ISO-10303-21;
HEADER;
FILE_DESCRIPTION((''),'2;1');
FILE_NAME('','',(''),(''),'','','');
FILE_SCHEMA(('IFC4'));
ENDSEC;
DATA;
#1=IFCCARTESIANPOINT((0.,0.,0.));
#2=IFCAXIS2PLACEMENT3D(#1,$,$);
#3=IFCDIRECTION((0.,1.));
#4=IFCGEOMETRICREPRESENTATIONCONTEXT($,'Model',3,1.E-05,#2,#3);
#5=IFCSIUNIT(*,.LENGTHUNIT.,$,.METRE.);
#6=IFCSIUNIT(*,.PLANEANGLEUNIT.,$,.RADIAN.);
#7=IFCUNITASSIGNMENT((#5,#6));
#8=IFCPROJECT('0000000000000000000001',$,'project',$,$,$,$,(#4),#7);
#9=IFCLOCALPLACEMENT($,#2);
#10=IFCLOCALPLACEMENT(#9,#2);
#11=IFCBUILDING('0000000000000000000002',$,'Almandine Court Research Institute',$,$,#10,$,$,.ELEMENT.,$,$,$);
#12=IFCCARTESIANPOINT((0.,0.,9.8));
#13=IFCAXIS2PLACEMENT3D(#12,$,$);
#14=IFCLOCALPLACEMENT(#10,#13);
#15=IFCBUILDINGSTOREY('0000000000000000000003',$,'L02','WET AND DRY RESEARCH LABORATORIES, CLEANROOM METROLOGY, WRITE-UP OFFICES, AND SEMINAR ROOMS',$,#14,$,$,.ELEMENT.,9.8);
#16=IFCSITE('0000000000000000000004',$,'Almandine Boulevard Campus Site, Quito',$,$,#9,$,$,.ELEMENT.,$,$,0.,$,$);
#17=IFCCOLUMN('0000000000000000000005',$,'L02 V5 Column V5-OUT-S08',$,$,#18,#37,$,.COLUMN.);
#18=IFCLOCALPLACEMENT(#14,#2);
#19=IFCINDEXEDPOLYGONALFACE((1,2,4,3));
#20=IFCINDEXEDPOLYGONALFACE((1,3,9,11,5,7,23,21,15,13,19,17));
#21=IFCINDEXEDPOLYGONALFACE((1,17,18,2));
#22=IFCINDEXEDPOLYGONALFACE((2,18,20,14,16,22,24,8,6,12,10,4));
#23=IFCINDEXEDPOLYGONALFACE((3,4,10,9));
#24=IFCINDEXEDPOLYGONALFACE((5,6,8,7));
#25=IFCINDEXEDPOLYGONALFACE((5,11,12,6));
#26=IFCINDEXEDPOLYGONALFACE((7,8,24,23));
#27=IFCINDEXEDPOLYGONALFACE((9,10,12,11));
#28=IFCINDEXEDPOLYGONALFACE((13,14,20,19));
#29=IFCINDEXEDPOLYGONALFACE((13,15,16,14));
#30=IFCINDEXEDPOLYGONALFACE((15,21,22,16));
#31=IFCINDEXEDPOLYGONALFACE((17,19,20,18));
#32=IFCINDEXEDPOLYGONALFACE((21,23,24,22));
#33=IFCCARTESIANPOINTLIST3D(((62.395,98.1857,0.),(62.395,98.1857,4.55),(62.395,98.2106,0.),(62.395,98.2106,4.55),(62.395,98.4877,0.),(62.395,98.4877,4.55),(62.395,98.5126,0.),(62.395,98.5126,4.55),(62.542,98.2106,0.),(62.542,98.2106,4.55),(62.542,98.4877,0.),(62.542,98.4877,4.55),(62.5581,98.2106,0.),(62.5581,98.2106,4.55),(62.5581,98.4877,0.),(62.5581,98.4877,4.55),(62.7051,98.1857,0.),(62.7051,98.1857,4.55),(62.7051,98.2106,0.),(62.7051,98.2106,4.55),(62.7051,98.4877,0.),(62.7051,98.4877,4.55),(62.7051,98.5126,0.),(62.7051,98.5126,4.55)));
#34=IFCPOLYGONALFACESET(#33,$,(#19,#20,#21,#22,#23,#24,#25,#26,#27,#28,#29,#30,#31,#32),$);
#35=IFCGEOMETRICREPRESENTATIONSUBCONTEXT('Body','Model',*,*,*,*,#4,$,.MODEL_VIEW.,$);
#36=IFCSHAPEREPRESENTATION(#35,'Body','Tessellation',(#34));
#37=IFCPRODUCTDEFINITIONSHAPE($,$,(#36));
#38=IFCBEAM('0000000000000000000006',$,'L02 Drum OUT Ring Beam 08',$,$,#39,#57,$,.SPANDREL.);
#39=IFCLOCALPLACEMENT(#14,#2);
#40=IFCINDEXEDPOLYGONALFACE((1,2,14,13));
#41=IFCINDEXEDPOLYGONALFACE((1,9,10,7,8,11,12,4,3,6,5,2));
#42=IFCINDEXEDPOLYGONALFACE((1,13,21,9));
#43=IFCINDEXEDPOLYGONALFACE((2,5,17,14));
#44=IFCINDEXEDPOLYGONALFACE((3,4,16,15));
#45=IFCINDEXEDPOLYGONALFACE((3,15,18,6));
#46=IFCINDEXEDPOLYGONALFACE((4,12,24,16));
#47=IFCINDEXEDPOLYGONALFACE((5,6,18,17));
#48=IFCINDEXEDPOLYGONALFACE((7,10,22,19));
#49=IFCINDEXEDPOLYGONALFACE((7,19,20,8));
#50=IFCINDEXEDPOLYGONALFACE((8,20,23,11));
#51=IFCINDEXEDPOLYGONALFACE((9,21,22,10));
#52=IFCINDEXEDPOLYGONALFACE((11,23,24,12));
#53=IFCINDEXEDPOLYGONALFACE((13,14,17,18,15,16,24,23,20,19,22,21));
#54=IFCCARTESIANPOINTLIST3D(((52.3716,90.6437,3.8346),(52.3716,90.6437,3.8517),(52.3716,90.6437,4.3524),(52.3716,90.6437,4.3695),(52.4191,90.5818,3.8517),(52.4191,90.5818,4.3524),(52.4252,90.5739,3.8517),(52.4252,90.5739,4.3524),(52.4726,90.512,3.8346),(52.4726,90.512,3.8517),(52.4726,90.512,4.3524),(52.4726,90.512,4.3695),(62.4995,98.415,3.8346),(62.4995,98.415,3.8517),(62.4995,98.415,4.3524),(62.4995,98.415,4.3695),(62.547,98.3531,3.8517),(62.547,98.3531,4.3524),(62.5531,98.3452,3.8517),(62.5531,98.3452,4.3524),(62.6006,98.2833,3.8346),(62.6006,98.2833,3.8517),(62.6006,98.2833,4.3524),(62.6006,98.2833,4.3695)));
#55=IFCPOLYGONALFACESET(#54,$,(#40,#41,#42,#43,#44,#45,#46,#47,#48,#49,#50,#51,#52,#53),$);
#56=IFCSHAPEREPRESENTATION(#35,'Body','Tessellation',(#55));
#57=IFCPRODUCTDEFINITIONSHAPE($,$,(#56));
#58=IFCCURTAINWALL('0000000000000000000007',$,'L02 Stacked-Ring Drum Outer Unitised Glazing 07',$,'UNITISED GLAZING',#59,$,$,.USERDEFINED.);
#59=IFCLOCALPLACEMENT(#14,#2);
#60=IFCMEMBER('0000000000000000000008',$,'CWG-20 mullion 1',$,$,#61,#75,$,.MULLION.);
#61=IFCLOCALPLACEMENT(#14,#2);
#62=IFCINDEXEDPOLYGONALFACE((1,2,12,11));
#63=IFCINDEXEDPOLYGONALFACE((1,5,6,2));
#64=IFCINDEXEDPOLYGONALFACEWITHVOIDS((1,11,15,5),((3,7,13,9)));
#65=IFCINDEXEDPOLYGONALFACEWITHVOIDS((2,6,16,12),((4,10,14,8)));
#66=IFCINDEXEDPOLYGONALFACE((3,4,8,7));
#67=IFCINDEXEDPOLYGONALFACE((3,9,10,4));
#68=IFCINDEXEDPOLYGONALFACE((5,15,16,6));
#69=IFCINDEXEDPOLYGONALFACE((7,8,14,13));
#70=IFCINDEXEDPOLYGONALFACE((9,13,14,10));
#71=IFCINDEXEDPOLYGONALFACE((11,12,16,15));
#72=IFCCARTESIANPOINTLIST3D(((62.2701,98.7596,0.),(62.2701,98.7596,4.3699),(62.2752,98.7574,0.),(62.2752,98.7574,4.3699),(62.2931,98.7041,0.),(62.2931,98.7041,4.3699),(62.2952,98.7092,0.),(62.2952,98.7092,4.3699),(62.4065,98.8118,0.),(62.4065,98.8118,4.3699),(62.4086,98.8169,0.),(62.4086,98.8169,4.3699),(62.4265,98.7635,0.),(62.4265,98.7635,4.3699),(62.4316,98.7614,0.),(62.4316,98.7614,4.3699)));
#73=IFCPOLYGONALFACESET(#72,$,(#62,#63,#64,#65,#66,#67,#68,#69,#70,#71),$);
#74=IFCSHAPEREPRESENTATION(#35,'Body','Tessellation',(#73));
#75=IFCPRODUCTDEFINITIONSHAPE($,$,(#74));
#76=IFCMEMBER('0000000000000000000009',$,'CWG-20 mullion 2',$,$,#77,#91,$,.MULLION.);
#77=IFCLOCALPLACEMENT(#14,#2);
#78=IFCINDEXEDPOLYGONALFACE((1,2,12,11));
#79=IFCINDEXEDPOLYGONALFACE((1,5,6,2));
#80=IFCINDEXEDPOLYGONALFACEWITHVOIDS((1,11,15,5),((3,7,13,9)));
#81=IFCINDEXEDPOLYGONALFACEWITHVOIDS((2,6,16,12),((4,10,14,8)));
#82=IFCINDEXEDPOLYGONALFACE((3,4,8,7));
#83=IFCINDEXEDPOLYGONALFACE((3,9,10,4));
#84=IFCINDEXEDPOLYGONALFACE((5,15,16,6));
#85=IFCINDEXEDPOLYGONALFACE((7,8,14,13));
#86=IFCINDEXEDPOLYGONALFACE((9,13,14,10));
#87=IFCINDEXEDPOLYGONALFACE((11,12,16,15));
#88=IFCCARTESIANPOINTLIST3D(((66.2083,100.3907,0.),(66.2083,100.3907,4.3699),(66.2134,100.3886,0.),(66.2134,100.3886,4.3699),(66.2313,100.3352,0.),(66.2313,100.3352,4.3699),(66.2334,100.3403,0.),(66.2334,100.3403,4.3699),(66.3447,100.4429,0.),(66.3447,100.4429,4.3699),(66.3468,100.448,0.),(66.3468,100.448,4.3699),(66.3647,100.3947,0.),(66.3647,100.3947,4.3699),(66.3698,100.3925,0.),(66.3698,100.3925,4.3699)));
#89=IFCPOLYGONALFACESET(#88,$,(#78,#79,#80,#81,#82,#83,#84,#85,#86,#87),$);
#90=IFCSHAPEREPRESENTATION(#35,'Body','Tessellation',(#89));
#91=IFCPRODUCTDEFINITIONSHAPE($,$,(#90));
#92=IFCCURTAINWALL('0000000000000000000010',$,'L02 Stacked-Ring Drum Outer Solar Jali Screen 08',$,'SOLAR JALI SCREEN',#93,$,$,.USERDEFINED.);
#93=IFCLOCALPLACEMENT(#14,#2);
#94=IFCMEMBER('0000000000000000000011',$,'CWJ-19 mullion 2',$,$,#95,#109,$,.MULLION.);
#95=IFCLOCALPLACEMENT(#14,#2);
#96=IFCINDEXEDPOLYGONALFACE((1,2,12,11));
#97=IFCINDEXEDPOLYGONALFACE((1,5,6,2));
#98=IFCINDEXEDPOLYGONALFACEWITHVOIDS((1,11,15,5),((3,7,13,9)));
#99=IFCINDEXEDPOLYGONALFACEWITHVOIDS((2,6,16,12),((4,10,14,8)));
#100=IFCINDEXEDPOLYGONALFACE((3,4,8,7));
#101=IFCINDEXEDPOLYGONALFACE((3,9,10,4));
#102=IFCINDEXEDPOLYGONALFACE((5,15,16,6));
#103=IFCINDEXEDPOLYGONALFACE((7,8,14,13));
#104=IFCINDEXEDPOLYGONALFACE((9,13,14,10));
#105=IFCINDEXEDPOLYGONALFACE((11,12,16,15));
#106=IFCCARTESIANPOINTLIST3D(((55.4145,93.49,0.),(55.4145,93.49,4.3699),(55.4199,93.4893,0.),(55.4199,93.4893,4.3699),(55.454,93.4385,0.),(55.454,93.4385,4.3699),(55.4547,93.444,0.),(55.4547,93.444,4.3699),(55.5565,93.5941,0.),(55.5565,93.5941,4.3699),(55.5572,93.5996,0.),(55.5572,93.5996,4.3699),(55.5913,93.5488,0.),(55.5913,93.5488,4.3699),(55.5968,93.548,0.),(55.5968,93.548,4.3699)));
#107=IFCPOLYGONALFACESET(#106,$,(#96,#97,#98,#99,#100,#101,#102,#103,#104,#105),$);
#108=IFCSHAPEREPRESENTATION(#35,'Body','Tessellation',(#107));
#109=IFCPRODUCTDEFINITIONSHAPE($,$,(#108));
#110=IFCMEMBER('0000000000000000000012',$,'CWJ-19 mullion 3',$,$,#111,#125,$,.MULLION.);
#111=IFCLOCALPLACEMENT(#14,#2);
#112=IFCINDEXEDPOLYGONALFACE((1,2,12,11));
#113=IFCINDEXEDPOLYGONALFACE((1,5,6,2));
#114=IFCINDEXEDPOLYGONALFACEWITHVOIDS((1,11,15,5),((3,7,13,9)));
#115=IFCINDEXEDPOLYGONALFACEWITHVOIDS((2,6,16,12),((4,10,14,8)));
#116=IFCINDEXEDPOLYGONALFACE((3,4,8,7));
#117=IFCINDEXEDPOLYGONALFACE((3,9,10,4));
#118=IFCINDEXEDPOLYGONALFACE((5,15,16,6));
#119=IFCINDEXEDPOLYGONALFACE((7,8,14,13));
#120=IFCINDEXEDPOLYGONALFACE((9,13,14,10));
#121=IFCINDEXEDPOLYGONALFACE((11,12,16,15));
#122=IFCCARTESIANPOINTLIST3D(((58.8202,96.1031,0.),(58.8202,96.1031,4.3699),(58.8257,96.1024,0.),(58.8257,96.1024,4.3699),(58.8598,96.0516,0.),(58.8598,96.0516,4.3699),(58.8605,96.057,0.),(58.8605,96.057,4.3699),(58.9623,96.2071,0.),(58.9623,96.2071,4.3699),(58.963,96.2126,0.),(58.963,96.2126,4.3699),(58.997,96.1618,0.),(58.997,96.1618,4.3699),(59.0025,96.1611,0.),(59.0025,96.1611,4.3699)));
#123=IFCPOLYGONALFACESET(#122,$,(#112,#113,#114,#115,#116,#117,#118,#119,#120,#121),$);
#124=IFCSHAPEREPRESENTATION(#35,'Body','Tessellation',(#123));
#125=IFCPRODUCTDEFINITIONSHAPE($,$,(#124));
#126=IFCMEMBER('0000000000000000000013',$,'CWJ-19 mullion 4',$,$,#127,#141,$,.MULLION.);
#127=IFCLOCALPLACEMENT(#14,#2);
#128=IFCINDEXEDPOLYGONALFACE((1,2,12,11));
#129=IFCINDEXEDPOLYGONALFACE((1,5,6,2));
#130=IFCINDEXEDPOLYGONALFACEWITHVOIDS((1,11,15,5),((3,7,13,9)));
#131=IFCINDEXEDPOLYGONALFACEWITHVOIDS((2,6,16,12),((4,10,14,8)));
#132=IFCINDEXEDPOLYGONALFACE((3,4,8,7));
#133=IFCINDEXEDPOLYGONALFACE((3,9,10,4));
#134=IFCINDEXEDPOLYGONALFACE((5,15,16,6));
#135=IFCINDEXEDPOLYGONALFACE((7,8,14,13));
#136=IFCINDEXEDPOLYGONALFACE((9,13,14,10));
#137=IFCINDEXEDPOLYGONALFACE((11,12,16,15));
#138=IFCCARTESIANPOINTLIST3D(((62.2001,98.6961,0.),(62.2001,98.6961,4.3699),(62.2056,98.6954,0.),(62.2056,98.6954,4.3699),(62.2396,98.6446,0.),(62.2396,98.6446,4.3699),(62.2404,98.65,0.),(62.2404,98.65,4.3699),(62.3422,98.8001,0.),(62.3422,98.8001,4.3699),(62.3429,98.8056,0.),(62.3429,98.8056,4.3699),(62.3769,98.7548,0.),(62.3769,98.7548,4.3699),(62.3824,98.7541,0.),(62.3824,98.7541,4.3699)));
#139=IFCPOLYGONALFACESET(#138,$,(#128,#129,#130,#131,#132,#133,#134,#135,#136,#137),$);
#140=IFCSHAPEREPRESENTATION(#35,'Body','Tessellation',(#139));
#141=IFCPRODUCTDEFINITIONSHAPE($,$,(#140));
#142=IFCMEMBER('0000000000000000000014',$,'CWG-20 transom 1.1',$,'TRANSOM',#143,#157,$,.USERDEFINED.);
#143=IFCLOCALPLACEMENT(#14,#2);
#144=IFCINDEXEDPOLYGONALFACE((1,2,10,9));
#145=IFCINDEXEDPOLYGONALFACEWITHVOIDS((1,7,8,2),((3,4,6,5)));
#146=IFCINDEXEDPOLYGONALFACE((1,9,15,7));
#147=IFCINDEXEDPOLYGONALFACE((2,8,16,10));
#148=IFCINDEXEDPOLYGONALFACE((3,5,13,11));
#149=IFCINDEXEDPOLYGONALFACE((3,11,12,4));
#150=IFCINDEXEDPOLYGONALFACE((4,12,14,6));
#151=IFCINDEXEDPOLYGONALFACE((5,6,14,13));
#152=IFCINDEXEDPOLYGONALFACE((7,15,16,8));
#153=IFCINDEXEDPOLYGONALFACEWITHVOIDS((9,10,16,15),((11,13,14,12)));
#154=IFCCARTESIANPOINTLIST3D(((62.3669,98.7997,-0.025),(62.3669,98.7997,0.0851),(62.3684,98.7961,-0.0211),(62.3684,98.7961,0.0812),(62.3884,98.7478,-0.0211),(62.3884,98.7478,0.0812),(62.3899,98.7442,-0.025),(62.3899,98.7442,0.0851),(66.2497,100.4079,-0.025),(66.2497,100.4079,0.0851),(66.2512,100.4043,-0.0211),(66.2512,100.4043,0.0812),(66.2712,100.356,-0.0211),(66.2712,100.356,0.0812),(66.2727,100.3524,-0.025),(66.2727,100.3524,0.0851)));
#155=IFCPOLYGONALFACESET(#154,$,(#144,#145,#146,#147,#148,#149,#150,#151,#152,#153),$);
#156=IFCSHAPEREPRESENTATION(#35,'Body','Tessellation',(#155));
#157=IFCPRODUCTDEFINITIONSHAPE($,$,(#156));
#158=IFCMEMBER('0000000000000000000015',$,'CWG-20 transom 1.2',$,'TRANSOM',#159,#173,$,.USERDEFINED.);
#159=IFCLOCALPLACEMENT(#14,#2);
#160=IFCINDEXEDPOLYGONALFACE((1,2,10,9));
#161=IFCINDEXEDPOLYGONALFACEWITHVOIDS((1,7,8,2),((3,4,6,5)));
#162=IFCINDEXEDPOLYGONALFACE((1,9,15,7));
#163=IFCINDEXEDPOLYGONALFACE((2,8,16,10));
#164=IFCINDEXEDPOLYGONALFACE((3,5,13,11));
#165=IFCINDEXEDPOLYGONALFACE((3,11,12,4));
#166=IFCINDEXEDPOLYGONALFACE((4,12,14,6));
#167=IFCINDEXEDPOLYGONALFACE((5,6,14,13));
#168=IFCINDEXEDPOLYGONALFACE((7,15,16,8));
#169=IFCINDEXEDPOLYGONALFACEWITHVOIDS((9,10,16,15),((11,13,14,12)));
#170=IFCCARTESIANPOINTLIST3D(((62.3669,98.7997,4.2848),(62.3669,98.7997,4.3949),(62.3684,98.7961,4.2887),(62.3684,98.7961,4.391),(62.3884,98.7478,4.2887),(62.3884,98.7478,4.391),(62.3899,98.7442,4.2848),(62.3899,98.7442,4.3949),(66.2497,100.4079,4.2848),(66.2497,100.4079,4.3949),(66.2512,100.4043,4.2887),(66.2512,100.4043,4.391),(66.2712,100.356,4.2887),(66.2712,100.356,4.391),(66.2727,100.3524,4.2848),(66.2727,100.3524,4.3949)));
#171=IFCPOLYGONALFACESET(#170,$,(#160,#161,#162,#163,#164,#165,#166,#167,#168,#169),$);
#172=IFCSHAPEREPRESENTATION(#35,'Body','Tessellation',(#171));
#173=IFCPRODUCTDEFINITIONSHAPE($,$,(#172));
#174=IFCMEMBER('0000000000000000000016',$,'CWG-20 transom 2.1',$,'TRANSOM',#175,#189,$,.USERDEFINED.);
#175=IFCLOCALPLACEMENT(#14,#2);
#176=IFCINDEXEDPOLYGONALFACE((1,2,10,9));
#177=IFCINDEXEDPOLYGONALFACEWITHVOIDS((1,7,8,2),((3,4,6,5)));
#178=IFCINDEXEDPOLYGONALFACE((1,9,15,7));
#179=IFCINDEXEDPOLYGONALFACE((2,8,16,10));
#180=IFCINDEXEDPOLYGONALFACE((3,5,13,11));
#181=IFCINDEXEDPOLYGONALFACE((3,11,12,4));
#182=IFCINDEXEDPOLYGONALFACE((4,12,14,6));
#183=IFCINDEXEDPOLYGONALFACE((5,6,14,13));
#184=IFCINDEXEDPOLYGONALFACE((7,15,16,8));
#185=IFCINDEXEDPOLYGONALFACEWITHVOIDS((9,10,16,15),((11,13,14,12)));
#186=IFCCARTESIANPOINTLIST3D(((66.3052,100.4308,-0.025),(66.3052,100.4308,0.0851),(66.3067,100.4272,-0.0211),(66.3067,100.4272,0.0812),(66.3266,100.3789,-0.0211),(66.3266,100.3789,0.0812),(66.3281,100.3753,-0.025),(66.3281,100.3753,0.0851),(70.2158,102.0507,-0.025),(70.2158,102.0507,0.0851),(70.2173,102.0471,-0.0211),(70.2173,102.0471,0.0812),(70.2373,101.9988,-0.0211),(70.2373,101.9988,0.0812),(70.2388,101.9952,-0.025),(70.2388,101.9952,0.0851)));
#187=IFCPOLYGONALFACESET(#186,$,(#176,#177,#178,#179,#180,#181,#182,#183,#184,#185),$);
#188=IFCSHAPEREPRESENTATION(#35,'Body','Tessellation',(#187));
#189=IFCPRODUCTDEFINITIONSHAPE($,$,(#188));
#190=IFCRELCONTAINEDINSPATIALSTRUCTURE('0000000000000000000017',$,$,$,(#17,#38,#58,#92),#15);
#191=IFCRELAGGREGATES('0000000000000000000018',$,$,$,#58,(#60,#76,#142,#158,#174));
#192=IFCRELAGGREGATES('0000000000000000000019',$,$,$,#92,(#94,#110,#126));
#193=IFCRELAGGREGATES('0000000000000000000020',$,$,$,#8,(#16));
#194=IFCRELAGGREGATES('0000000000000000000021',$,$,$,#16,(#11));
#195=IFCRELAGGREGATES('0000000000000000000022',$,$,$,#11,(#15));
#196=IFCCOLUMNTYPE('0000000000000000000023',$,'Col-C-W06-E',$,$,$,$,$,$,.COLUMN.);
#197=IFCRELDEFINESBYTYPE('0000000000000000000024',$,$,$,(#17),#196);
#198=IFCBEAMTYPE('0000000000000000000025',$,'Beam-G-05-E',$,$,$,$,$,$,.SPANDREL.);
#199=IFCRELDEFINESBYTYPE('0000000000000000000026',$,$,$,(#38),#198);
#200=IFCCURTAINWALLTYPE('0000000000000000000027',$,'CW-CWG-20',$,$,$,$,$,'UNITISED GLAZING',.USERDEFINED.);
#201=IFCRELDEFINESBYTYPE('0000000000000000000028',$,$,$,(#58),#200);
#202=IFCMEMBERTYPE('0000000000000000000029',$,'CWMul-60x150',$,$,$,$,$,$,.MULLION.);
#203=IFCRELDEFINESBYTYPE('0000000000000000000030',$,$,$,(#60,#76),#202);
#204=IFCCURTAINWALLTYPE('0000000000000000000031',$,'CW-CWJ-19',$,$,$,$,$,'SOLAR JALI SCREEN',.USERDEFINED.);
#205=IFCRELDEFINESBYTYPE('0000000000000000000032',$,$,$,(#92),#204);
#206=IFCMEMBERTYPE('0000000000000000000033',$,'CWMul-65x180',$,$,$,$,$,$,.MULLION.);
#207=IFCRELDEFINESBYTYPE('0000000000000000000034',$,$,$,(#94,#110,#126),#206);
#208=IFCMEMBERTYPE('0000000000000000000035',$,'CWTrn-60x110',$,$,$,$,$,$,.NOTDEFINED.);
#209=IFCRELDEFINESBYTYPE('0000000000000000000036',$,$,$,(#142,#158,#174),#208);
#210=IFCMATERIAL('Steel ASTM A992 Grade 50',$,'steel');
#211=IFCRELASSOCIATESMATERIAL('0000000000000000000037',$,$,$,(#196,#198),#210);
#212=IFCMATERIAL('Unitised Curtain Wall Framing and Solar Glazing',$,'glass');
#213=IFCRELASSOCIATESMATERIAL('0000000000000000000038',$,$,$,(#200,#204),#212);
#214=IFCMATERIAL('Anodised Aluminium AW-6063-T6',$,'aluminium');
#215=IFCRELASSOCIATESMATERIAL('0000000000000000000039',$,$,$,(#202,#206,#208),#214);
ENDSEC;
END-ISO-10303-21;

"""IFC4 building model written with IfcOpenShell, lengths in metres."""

from ifc_helpers import new_model, si_unit, direction, frame, origin, origin_2d, place, context, subcontext, project, spatial, hollow_rectangle, i_section, extrude, material, material_profile, profile_set, type_object, element, aggregate, save


model = new_model("IFC4")

# Units and contexts
model_context = context("Model", 3, precision=1e-05, world=origin(), true_north=direction((0.0, 1.0)))
body_context = subcontext(model_context, "Body", "Model", "MODEL_VIEW")
ifc_project = project(units=[si_unit("LENGTHUNIT", "METRE"), si_unit("PLANEANGLEUNIT", "RADIAN")], contexts=[model_context])

# Site, building, storey
site_placement = place(None, origin())
site = spatial("IfcSite", under=ifc_project, at=site_placement, Name="Almandine Boulevard Campus Site, Quito", CompositionType="ELEMENT", RefElevation=0.0)
building_placement = place(site_placement, origin())
building = spatial("IfcBuilding", under=site, at=building_placement, Name="Almandine Court Research Institute", CompositionType="ELEMENT")
storey_placement = place(building_placement, frame((0.0, 0.0, 9.8)))
storey = spatial("IfcBuildingStorey", under=building, at=storey_placement, Name="L02", Description="WET AND DRY RESEARCH LABORATORIES, CLEANROOM METROLOGY, WRITE-UP OFFICES, AND SEMINAR ROOMS", CompositionType="ELEMENT", Elevation=9.8)

# Column
ifc_material_1 = material(Name="Steel ASTM A992 Grade 50", Category="steel")
ifc_material_profile_1 = material_profile(ifc_material_1, i_section(OverallWidth=0.3101, OverallDepth=0.3269, WebThickness=0.0161, FlangeThickness=0.0249, at=origin_2d()), Name="W310x158")
ifc_profile_set_1 = profile_set([ifc_material_profile_1], Name="Steel ASTM A992 Grade 50")
column_type = type_object("IfcColumnType", Name="Col-C-W06-E", PredefinedType="COLUMN", material=ifc_profile_set_1)
column_placement = place(storey_placement, frame((62.55, 98.3491, 0.0), z_axis=(0.0, 0.0, 1.0), x_axis=(1.0, 0.0, 0.0)))
element("IfcColumn", 1, at=column_placement, inside=storey, type_object=column_type, Name="L02 V5 Column V5-OUT-S08", PredefinedType="COLUMN", context=body_context, shape_type="SweptSolid", body=[
    extrude(i_section(OverallWidth=0.3101, OverallDepth=0.3269, WebThickness=0.0161, FlangeThickness=0.0249, at=origin_2d()), origin(), (0.0, 0.0, 1.0), 4.55),
])

# Beam
ifc_material_profile_2 = material_profile(ifc_material_1, i_section(OverallWidth=0.166, OverallDepth=0.5349, WebThickness=0.01, FlangeThickness=0.0171, at=origin_2d()), Name="W530x85")
ifc_profile_set_2 = profile_set([ifc_material_profile_2], Name="Steel ASTM A992 Grade 50")
beam_type = type_object("IfcBeamType", Name="Beam-G-05-E", PredefinedType="SPANDREL", material=ifc_profile_set_2)
beam_placement = place(storey_placement, frame((62.55, 98.3491, 4.1021), z_axis=(-0.793361, -0.608752, 0.0), x_axis=(0.608752, -0.793361, 0.0)))
element("IfcBeam", 2, at=beam_placement, inside=storey, type_object=beam_type, Name="L02 Drum OUT Ring Beam 08", PredefinedType="SPANDREL", context=body_context, shape_type="SweptSolid", body=[
    extrude(i_section(OverallWidth=0.166, OverallDepth=0.5349, WebThickness=0.01, FlangeThickness=0.0171, at=origin_2d()), origin(), (0.0, 0.0, 1.0), 12.7659),
])

# Curtain walls, members
ifc_material_2 = material(Name="Unitised Curtain Wall Framing and Solar Glazing", Category="glass")
curtain_wall_type_1 = type_object("IfcCurtainWallType", Name="CW-CWG-20", ElementType="UNITISED GLAZING", PredefinedType="USERDEFINED", material=ifc_material_2)
curtain_wall_1_placement = place(storey_placement, origin())
curtain_wall_1 = element("IfcCurtainWall", 3, at=curtain_wall_1_placement, inside=storey, type_object=curtain_wall_type_1, Name="L02 Stacked-Ring Drum Outer Unitised Glazing 07", ObjectType="UNITISED GLAZING", PredefinedType="USERDEFINED")
ifc_material_3 = material(Name="Anodised Aluminium AW-6063-T6", Category="aluminium")
ifc_material_profile_3 = material_profile(ifc_material_3, hollow_rectangle(XDim=0.0601, YDim=0.1499, WallThickness=0.0039, at=origin_2d()), Name="ALU RHS 60x150x4")
ifc_profile_set_3 = profile_set([ifc_material_profile_3], Name="Anodised Aluminium AW-6063-T6")
member_type_1 = type_object("IfcMemberType", Name="CWMul-60x150", PredefinedType="MULLION", material=ifc_profile_set_3)
member_1_placement = place(storey_placement, frame((62.3508, 98.7605, 0.0), z_axis=(0.0, 0.0, 1.0), x_axis=(-0.382663, 0.923888, 0.0)))
member_1 = element("IfcMember", 4, at=member_1_placement, type_object=member_type_1, Name="CWG-20 mullion 1", PredefinedType="MULLION", context=body_context, shape_type="SweptSolid", body=[
    extrude(hollow_rectangle(XDim=0.0601, YDim=0.1499, WallThickness=0.0039, at=origin_2d()), origin(), (0.0, 0.0, 1.0), 4.3699),
])
member_2_placement = place(storey_placement, frame((66.2891, 100.3916, 0.0), z_axis=(0.0, 0.0, 1.0), x_axis=(-0.382663, 0.923888, 0.0)))
member_2 = element("IfcMember", 5, at=member_2_placement, type_object=member_type_1, Name="CWG-20 mullion 2", PredefinedType="MULLION", context=body_context, shape_type="SweptSolid", body=[
    extrude(hollow_rectangle(XDim=0.0601, YDim=0.1499, WallThickness=0.0039, at=origin_2d()), origin(), (0.0, 0.0, 1.0), 4.3699),
])
curtain_wall_type_2 = type_object("IfcCurtainWallType", Name="CW-CWJ-19", ElementType="SOLAR JALI SCREEN", PredefinedType="USERDEFINED", material=ifc_material_2)
curtain_wall_2_placement = place(storey_placement, origin())
curtain_wall_2 = element("IfcCurtainWall", 6, at=curtain_wall_2_placement, inside=storey, type_object=curtain_wall_type_2, Name="L02 Stacked-Ring Drum Outer Solar Jali Screen 08", ObjectType="SOLAR JALI SCREEN", PredefinedType="USERDEFINED")
ifc_material_profile_4 = material_profile(ifc_material_3, hollow_rectangle(XDim=0.0649, YDim=0.1799, WallThickness=0.0039, at=origin_2d()), Name="ALU RHS 65x180x4")
ifc_profile_set_4 = profile_set([ifc_material_profile_4], Name="Anodised Aluminium AW-6063-T6")
member_type_2 = type_object("IfcMemberType", Name="CWMul-65x180", PredefinedType="MULLION", material=ifc_profile_set_4)
member_3_placement = place(storey_placement, frame((55.5056, 93.519, 0.0), z_axis=(0.0, 0.0, 1.0), x_axis=(-0.608723, 0.793383, 0.0)))
member_3 = element("IfcMember", 7, at=member_3_placement, type_object=member_type_2, Name="CWJ-19 mullion 2", PredefinedType="MULLION", context=body_context, shape_type="SweptSolid", body=[
    extrude(hollow_rectangle(XDim=0.0649, YDim=0.1799, WallThickness=0.0039, at=origin_2d()), origin(), (0.0, 0.0, 1.0), 4.3699),
])
member_4_placement = place(storey_placement, frame((58.9114, 96.1321, 0.0), z_axis=(0.0, 0.0, 1.0), x_axis=(-0.608723, 0.793383, 0.0)))
member_4 = element("IfcMember", 8, at=member_4_placement, type_object=member_type_2, Name="CWJ-19 mullion 3", PredefinedType="MULLION", context=body_context, shape_type="SweptSolid", body=[
    extrude(hollow_rectangle(XDim=0.0649, YDim=0.1799, WallThickness=0.0039, at=origin_2d()), origin(), (0.0, 0.0, 1.0), 4.3699),
])
member_5_placement = place(storey_placement, frame((62.2913, 98.7251, 0.0), z_axis=(0.0, 0.0, 1.0), x_axis=(-0.608723, 0.793383, 0.0)))
member_5 = element("IfcMember", 9, at=member_5_placement, type_object=member_type_2, Name="CWJ-19 mullion 4", PredefinedType="MULLION", context=body_context, shape_type="SweptSolid", body=[
    extrude(hollow_rectangle(XDim=0.0649, YDim=0.1799, WallThickness=0.0039, at=origin_2d()), origin(), (0.0, 0.0, 1.0), 4.3699),
])

# Members
ifc_material_profile_5 = material_profile(ifc_material_3, hollow_rectangle(XDim=0.0601, YDim=0.1101, WallThickness=0.0039, at=origin_2d()), Name="ALU RHS 60x110x4")
ifc_profile_set_5 = profile_set([ifc_material_profile_5], Name="Anodised Aluminium AW-6063-T6")
member_type_3 = type_object("IfcMemberType", Name="CWTrn-60x110", PredefinedType="NOTDEFINED", material=ifc_profile_set_5)
member_6_placement = place(storey_placement, frame((62.3784, 98.772, 0.03), z_axis=(0.923893, 0.382651, 0.0), x_axis=(-0.382651, 0.923893, 0.0)))
member_6 = element("IfcMember", 10, at=member_6_placement, type_object=member_type_3, Name="CWG-20 transom 1.1", ObjectType="TRANSOM", PredefinedType="USERDEFINED", context=body_context, shape_type="SweptSolid", body=[
    extrude(hollow_rectangle(XDim=0.0601, YDim=0.1101, WallThickness=0.0039, at=origin_2d()), origin(), (0.0, 0.0, 1.0), 4.2026),
])
member_7_placement = place(storey_placement, frame((62.3784, 98.772, 4.3398), z_axis=(0.923893, 0.382651, 0.0), x_axis=(-0.382651, 0.923893, 0.0)))
member_7 = element("IfcMember", 11, at=member_7_placement, type_object=member_type_3, Name="CWG-20 transom 1.2", ObjectType="TRANSOM", PredefinedType="USERDEFINED", context=body_context, shape_type="SweptSolid", body=[
    extrude(hollow_rectangle(XDim=0.0601, YDim=0.1101, WallThickness=0.0039, at=origin_2d()), origin(), (0.0, 0.0, 1.0), 4.2026),
])
member_8_placement = place(storey_placement, frame((66.3167, 100.4031, 0.03), z_axis=(0.923877, 0.38269, 0.0), x_axis=(-0.38269, 0.923877, 0.0)))
member_8 = element("IfcMember", 12, at=member_8_placement, type_object=member_type_3, Name="CWG-20 transom 2.1", ObjectType="TRANSOM", PredefinedType="USERDEFINED", context=body_context, shape_type="SweptSolid", body=[
    extrude(hollow_rectangle(XDim=0.0601, YDim=0.1101, WallThickness=0.0039, at=origin_2d()), origin(), (0.0, 0.0, 1.0), 4.2329),
])

aggregate(curtain_wall_1, [member_1, member_2, member_6, member_7, member_8])
aggregate(curtain_wall_2, [member_3, member_4, member_5])

save(model, "model.ifc")
